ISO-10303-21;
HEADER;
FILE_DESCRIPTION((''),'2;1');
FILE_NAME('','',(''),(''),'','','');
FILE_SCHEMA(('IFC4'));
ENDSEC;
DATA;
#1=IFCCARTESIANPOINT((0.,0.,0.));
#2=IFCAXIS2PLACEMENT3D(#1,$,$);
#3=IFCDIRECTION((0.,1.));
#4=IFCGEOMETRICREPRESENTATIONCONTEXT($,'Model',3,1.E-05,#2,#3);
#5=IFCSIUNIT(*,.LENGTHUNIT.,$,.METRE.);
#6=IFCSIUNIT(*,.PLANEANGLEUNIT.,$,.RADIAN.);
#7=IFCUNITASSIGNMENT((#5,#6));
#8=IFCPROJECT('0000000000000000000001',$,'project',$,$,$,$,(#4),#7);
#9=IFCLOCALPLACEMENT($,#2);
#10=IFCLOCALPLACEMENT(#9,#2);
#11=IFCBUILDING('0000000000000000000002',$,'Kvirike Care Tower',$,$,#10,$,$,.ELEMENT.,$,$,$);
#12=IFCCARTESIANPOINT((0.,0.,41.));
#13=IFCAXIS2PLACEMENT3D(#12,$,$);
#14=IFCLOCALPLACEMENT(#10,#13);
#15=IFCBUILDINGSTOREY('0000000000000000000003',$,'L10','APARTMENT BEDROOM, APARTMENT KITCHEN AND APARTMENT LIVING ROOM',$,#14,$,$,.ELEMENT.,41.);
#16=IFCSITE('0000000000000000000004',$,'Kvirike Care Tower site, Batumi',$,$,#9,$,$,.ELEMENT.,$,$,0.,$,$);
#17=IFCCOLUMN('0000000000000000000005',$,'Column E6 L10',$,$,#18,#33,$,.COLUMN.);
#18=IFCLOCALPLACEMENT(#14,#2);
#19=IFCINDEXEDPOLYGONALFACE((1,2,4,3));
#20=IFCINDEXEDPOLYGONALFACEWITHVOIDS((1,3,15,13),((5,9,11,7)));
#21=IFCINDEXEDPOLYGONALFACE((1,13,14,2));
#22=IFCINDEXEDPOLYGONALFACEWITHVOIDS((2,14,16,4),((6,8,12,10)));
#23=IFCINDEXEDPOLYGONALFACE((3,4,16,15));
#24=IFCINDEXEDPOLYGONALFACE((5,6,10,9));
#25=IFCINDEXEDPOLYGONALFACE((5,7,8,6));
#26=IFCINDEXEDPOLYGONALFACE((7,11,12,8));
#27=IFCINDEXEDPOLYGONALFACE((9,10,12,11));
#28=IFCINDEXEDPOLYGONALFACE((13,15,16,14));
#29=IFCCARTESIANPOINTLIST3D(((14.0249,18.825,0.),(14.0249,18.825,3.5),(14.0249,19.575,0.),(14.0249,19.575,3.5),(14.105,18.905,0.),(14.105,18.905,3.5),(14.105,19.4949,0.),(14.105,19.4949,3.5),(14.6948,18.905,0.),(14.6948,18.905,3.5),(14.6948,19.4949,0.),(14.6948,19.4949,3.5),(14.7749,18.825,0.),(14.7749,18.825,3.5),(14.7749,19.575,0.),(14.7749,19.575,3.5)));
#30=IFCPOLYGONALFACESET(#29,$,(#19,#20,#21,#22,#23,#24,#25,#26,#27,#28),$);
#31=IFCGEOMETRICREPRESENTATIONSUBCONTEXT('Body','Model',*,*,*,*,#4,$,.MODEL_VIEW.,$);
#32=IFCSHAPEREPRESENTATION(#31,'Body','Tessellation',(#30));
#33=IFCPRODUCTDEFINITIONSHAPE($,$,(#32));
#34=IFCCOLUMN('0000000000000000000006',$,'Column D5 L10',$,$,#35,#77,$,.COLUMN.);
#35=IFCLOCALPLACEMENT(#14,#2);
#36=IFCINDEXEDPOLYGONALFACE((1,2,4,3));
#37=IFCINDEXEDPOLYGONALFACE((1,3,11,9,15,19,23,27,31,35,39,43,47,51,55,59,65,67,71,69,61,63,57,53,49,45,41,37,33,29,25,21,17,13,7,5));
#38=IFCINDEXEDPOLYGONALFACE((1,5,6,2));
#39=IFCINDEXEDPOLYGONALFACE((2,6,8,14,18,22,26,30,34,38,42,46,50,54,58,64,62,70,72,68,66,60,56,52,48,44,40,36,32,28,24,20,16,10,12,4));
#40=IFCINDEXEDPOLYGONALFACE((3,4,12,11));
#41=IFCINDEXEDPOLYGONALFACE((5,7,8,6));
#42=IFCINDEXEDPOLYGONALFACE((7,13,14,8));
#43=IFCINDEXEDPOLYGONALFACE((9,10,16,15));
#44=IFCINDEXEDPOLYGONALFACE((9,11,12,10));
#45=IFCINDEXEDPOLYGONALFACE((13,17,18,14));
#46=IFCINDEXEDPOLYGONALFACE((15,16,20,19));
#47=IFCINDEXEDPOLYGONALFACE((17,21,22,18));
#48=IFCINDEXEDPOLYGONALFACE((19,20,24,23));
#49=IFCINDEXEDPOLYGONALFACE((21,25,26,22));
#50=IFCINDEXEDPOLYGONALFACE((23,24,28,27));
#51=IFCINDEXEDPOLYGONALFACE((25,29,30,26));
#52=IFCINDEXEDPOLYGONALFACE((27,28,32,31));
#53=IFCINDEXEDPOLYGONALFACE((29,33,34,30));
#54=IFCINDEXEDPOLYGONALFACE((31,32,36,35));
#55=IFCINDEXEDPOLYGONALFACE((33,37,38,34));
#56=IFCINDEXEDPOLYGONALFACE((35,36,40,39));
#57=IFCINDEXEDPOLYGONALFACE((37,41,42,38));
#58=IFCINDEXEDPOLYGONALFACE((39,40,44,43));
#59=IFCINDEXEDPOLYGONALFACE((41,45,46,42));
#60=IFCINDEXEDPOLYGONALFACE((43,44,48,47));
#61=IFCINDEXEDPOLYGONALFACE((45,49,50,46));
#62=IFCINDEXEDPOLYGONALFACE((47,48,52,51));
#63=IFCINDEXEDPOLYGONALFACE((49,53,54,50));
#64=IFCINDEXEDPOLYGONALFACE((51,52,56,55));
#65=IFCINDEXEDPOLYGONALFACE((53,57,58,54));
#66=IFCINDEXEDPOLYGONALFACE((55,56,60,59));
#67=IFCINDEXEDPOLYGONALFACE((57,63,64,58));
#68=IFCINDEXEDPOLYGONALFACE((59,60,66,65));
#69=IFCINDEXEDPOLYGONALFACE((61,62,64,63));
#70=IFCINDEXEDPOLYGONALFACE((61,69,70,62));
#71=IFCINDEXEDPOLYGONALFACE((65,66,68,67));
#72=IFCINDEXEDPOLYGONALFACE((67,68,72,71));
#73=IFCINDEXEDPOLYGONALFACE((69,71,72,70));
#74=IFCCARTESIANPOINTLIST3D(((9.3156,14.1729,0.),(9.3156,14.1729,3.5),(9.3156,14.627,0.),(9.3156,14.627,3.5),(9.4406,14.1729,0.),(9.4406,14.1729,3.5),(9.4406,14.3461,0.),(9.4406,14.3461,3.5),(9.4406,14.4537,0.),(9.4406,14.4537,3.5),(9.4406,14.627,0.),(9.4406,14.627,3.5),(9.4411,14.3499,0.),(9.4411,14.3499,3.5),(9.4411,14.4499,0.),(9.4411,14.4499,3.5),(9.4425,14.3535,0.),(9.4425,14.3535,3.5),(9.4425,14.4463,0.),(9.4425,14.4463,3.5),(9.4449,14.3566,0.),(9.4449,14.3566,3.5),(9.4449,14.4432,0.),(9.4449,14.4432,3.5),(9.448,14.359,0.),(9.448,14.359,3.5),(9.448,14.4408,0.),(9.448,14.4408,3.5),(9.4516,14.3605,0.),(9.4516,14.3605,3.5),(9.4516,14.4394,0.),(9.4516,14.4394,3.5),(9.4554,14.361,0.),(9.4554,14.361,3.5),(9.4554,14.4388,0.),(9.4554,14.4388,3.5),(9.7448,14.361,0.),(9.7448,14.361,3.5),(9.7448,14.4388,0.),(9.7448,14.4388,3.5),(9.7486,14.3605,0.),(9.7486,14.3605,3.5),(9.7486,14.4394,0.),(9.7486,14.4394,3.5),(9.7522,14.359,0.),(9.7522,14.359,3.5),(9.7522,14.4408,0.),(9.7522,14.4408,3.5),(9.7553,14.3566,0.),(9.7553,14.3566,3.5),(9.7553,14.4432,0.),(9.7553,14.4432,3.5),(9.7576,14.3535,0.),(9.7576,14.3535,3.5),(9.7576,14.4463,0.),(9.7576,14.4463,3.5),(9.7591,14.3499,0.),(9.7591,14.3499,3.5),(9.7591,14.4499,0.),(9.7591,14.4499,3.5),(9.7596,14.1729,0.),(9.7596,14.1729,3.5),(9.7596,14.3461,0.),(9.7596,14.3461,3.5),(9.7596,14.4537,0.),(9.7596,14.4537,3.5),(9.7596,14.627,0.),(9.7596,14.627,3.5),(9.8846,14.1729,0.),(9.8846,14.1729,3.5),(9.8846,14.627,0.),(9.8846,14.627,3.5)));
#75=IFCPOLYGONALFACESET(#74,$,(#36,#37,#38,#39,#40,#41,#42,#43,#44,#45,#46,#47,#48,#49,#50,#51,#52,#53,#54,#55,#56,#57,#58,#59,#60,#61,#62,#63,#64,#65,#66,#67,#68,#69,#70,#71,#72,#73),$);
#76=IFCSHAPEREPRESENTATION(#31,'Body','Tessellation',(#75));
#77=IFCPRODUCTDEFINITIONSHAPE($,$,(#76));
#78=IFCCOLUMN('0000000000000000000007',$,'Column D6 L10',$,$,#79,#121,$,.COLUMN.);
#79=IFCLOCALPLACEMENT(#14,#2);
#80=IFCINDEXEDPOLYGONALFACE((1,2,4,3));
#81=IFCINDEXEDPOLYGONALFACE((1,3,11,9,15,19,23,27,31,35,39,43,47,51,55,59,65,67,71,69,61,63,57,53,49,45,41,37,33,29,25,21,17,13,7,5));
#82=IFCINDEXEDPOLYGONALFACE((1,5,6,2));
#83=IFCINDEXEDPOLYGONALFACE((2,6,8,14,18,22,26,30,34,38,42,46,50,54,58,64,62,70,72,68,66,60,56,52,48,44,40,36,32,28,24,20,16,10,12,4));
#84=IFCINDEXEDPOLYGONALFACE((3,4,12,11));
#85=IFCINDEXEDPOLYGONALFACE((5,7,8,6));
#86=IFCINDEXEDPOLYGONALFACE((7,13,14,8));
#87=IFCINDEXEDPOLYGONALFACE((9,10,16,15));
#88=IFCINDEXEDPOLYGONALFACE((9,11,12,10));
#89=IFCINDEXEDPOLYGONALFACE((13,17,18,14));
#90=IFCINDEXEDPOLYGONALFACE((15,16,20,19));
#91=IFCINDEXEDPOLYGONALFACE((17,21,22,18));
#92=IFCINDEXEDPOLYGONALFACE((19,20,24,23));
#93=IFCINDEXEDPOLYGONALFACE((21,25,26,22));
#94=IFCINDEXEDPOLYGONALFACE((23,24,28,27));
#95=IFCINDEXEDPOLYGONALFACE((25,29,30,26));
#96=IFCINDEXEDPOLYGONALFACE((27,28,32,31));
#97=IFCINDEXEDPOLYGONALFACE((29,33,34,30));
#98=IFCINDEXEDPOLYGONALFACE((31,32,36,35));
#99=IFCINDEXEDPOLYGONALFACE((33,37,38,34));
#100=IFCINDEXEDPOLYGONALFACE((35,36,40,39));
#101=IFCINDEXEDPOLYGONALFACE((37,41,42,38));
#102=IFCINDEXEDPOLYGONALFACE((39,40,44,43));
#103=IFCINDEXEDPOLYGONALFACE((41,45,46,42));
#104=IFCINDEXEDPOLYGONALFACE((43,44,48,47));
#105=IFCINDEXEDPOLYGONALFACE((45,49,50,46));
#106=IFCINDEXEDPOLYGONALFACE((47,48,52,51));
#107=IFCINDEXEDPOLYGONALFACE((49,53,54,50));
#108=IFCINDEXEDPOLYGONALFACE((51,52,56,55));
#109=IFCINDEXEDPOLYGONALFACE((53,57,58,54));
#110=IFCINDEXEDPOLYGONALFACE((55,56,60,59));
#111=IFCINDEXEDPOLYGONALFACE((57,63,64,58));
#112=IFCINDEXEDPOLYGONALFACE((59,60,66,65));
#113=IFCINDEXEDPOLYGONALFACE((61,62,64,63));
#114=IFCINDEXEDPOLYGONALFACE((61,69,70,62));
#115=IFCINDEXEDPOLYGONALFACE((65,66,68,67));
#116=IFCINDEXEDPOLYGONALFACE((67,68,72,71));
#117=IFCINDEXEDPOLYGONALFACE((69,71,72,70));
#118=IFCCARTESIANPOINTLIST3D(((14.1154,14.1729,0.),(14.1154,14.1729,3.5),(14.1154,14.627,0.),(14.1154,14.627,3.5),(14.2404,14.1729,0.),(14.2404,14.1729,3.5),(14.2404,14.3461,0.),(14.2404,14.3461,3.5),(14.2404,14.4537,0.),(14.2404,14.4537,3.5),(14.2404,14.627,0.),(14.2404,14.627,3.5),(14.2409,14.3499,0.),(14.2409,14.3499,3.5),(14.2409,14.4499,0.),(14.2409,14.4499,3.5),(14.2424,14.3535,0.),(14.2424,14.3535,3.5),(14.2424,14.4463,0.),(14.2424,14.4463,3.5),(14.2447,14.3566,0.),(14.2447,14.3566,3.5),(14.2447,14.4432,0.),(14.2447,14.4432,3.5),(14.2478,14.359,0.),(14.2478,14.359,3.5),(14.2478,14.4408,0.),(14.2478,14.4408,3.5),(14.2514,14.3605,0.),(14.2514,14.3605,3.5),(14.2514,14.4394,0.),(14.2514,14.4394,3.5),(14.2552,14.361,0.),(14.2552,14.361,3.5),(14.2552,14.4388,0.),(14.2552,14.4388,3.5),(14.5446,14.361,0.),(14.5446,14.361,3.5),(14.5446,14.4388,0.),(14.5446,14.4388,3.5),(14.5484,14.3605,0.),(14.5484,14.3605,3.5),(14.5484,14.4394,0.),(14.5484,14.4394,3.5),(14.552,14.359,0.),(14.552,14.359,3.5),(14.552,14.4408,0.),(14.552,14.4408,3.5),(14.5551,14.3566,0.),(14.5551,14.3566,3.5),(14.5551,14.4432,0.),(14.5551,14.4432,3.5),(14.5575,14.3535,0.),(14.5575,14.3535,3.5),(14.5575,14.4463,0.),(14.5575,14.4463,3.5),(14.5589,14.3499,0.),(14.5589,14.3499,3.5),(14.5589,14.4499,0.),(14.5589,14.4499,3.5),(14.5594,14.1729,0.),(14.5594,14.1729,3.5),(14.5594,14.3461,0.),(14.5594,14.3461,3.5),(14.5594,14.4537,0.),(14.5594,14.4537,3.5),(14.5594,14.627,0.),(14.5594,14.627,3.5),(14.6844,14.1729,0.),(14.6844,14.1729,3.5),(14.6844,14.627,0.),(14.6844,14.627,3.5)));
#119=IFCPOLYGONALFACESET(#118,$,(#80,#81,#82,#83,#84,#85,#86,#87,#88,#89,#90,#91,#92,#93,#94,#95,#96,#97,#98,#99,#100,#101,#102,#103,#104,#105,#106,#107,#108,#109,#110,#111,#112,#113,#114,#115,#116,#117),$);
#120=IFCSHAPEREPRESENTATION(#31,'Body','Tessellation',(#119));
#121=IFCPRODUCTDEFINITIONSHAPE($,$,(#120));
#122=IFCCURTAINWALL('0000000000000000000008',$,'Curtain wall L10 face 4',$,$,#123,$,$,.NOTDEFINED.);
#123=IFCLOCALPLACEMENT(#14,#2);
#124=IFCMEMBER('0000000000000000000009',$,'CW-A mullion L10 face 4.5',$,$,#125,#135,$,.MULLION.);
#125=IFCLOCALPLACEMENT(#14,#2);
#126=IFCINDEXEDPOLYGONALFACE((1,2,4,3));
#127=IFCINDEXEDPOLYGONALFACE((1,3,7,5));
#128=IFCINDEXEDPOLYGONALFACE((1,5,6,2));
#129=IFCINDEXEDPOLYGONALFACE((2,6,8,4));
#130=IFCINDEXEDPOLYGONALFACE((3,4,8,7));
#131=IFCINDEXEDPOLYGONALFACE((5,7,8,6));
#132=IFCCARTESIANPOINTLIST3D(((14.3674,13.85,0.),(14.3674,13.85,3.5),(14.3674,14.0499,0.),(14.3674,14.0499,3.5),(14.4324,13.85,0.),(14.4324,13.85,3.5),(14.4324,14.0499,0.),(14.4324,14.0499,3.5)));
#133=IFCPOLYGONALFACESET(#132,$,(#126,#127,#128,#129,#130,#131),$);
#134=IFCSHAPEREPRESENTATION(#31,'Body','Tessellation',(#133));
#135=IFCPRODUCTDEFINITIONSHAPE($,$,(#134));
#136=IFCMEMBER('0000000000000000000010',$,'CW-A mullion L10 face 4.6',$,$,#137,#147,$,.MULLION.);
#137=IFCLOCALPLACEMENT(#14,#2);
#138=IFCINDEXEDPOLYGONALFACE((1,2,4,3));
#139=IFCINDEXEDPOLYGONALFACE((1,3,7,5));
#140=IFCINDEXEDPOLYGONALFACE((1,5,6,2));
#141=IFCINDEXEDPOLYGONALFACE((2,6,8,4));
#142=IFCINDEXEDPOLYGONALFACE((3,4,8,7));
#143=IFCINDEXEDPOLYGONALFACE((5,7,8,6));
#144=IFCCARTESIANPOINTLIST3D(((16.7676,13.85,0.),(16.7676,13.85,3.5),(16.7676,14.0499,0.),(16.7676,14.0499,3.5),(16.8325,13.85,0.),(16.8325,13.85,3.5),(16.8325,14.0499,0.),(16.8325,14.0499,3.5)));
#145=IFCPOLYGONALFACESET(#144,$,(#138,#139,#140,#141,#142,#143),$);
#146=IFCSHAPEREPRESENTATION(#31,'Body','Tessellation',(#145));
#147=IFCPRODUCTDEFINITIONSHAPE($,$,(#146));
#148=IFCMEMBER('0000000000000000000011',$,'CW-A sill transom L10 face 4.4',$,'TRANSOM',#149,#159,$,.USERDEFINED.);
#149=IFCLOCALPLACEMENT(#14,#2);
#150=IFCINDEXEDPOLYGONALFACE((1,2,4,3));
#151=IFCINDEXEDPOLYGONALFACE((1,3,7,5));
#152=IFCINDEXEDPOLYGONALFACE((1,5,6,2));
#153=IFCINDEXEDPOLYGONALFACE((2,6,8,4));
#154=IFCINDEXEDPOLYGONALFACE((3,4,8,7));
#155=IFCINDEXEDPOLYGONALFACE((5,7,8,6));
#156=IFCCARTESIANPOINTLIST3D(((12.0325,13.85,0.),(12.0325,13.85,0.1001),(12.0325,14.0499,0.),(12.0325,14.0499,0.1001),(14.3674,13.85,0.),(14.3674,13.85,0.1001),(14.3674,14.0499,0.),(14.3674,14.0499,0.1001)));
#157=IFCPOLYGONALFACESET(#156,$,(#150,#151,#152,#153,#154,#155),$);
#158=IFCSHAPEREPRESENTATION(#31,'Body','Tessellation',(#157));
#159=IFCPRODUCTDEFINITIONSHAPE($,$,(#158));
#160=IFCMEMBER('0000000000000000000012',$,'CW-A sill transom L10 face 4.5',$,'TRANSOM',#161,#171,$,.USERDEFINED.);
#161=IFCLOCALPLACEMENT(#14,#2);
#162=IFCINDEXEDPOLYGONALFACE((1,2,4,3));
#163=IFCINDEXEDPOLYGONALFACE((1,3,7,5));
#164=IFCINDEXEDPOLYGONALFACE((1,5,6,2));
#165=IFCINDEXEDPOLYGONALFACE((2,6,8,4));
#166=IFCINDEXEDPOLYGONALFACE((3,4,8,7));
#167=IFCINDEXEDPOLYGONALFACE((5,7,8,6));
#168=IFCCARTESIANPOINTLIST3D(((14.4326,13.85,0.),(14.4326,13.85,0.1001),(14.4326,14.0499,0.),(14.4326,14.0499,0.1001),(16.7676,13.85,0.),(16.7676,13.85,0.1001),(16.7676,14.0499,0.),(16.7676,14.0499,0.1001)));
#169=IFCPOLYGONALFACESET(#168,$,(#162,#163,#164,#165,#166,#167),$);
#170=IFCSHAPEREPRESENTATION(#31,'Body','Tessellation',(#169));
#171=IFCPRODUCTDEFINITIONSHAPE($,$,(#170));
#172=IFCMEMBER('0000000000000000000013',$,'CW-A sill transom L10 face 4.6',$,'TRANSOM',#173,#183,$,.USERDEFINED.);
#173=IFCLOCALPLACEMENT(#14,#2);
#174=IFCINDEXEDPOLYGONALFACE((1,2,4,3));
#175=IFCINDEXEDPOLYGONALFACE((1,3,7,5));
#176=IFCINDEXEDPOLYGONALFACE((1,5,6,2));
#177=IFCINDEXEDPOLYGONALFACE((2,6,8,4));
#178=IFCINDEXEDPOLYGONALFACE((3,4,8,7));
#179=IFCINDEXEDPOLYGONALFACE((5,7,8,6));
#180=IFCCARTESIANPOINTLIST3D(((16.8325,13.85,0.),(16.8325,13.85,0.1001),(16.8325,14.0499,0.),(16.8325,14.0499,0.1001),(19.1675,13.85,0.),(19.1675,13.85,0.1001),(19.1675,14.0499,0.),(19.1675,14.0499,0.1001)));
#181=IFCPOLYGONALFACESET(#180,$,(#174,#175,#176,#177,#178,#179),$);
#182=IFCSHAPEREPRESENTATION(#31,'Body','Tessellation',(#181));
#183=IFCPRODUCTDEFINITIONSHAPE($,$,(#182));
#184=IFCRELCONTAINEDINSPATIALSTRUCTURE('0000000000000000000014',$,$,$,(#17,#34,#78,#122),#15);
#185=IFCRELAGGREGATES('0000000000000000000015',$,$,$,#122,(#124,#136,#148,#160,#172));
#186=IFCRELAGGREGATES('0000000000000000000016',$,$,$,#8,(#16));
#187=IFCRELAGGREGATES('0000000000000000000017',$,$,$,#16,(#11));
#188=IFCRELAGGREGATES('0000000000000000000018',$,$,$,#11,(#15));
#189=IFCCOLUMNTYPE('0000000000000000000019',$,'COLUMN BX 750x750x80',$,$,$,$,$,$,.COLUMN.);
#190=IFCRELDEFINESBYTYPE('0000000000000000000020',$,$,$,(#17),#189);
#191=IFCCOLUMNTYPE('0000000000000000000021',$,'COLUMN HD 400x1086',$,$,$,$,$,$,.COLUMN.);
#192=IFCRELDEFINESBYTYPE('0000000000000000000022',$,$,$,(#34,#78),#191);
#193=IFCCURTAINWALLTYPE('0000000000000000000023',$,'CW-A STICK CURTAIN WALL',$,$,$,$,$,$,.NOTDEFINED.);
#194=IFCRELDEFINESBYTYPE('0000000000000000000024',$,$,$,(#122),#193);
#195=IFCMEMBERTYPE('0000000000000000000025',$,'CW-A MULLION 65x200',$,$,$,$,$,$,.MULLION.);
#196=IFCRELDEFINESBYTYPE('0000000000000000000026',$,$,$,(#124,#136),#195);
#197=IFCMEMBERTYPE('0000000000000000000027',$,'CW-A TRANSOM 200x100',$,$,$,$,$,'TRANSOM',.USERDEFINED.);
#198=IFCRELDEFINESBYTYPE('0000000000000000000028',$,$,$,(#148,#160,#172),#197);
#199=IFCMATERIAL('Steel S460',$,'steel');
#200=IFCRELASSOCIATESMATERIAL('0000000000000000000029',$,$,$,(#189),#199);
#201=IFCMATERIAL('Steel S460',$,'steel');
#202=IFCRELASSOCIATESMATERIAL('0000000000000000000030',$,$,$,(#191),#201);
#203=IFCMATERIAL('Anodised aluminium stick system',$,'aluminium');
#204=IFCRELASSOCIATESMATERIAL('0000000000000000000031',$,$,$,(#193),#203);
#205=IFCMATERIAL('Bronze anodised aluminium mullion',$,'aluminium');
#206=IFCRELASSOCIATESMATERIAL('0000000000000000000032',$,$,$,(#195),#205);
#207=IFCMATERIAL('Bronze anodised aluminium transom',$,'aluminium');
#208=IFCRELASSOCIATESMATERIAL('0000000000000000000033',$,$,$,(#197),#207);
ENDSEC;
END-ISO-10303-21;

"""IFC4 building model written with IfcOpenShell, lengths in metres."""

from ifc_helpers import new_model, si_unit, direction, frame, origin, origin_2d, place, context, subcontext, project, spatial, rectangle, hollow_rectangle, i_section, extrude, material, material_profile, profile_set, type_object, element, aggregate, save


model = new_model("IFC4")

# Units and contexts
model_context = context("Model", 3, precision=1e-05, world=origin(), true_north=direction((0.0, 1.0)))
body_context = subcontext(model_context, "Body", "Model", "MODEL_VIEW")
ifc_project = project(units=[si_unit("LENGTHUNIT", "METRE"), si_unit("PLANEANGLEUNIT", "RADIAN")], contexts=[model_context])

# Site, building, storey
site_placement = place(None, origin())
site = spatial("IfcSite", under=ifc_project, at=site_placement, Name="Kvirike Care Tower site, Batumi", CompositionType="ELEMENT", RefElevation=0.0)
building_placement = place(site_placement, origin())
building = spatial("IfcBuilding", under=site, at=building_placement, Name="Kvirike Care Tower", CompositionType="ELEMENT")
storey_placement = place(building_placement, frame((0.0, 0.0, 41.0)))
storey = spatial("IfcBuildingStorey", under=building, at=storey_placement, Name="L10", Description="APARTMENT BEDROOM, APARTMENT KITCHEN AND APARTMENT LIVING ROOM", CompositionType="ELEMENT", Elevation=41.0)

# Columns
ifc_material_1 = material(Name="Steel S460", Category="steel")
ifc_material_profile_1 = material_profile(ifc_material_1, hollow_rectangle(XDim=0.75, YDim=0.75, WallThickness=0.0801, at=origin_2d()), Name="BX 750x750x80")
ifc_profile_set_1 = profile_set([ifc_material_profile_1], Name="Steel S460")
column_type_1 = type_object("IfcColumnType", Name="COLUMN BX 750x750x80", PredefinedType="COLUMN", material=ifc_profile_set_1)
column_placement = place(storey_placement, frame((14.3999, 19.2, 0.0), z_axis=(0.0, 0.0, 1.0), x_axis=(1.0, 0.0, 0.0)))
element("IfcColumn", 1, at=column_placement, inside=storey, type_object=column_type_1, Name="Column E6 L10", PredefinedType="COLUMN", context=body_context, shape_type="SweptSolid", body=[
    extrude(hollow_rectangle(XDim=0.75, YDim=0.75, WallThickness=0.0801, at=origin_2d()), origin(), (0.0, 0.0, 1.0), 3.5),
])
ifc_material_2 = material(Name="Steel S460", Category="steel")
ifc_material_profile_2 = material_profile(ifc_material_2, i_section(OverallWidth=0.4541, OverallDepth=0.5691, WebThickness=0.0779, FlangeThickness=0.125, FilletRadius=0.0149, at=origin_2d()), Name="HD 400x1086")
ifc_profile_set_2 = profile_set([ifc_material_profile_2], Name="Steel S460")
column_type_2 = type_object("IfcColumnType", Name="COLUMN HD 400x1086", PredefinedType="COLUMN", material=ifc_profile_set_2)
for number, where, z_axis, x_axis, name in (
    (2, (9.6001, 14.3999, 0.0), (0.0, 0.0, 1.0), (0.0, 1.0, 0.0), "Column D5 L10"),
    (3, (14.3999, 14.3999, 0.0), (0.0, 0.0, 1.0), (0.0, 1.0, 0.0), "Column D6 L10"),
):
    element("IfcColumn", number, at=place(storey_placement, frame(where, z_axis=z_axis, x_axis=x_axis)), inside=storey, type_object=column_type_2, Name=name, PredefinedType="COLUMN", context=body_context, shape_type="SweptSolid", body=[
        extrude(i_section(OverallWidth=0.4541, OverallDepth=0.5691, WebThickness=0.0779, FlangeThickness=0.125, FilletRadius=0.0149, at=origin_2d()), origin(), (0.0, 0.0, 1.0), 3.5),
    ])

# Curtain wall, members
ifc_material_3 = material(Name="Anodised aluminium stick system", Category="aluminium")
curtain_wall_type = type_object("IfcCurtainWallType", Name="CW-A STICK CURTAIN WALL", PredefinedType="NOTDEFINED", material=ifc_material_3)
curtain_wall_placement = place(storey_placement, origin())
curtain_wall = element("IfcCurtainWall", 4, at=curtain_wall_placement, inside=storey, type_object=curtain_wall_type, Name="Curtain wall L10 face 4", PredefinedType="NOTDEFINED")
ifc_material_4 = material(Name="Bronze anodised aluminium mullion", Category="aluminium")
ifc_material_profile_3 = material_profile(ifc_material_4, rectangle(XDim=0.0649, YDim=0.2, at=origin_2d()), Name="CW-A MULLION 65x200")
ifc_profile_set_3 = profile_set([ifc_material_profile_3], Name="Bronze anodised aluminium mullion")
member_type_1 = type_object("IfcMemberType", Name="CW-A MULLION 65x200", PredefinedType="MULLION", material=ifc_profile_set_3)
member_1_placement = place(storey_placement, frame((14.3999, 13.95, 0.0), z_axis=(0.0, 0.0, 1.0), x_axis=(1.0, 0.0, 0.0)))
member_1 = element("IfcMember", 5, at=member_1_placement, type_object=member_type_1, Name="CW-A mullion L10 face 4.5", PredefinedType="MULLION", context=body_context, shape_type="SweptSolid", body=[
    extrude(rectangle(XDim=0.0649, YDim=0.2, at=origin_2d()), origin(), (0.0, 0.0, 1.0), 3.5),
])
member_2_placement = place(storey_placement, frame((16.8, 13.95, 0.0), z_axis=(0.0, 0.0, 1.0), x_axis=(1.0, 0.0, 0.0)))
member_2 = element("IfcMember", 6, at=member_2_placement, type_object=member_type_1, Name="CW-A mullion L10 face 4.6", PredefinedType="MULLION", context=body_context, shape_type="SweptSolid", body=[
    extrude(rectangle(XDim=0.0649, YDim=0.2, at=origin_2d()), origin(), (0.0, 0.0, 1.0), 3.5),
])
ifc_material_5 = material(Name="Bronze anodised aluminium transom", Category="aluminium")
ifc_material_profile_4 = material_profile(ifc_material_5, rectangle(XDim=0.2, YDim=0.1001, at=origin_2d()), Name="CW-A TRANSOM 200x100")
ifc_profile_set_4 = profile_set([ifc_material_profile_4], Name="Bronze anodised aluminium transom")
member_type_2 = type_object("IfcMemberType", Name="CW-A TRANSOM 200x100", ElementType="TRANSOM", PredefinedType="USERDEFINED", material=ifc_profile_set_4)
member_3_placement = place(storey_placement, frame((12.0325, 13.95, 0.05), z_axis=(1.0, 0.0, 0.0), x_axis=(0.0, 1.0, 0.0)))
member_3 = element("IfcMember", 7, at=member_3_placement, type_object=member_type_2, Name="CW-A sill transom L10 face 4.4", ObjectType="TRANSOM", PredefinedType="USERDEFINED", context=body_context, shape_type="SweptSolid", body=[
    extrude(rectangle(XDim=0.2, YDim=0.1001, at=origin_2d()), origin(), (0.0, 0.0, 1.0), 2.335),
])
member_4_placement = place(storey_placement, frame((14.4326, 13.95, 0.05), z_axis=(1.0, 0.0, 0.0), x_axis=(0.0, 1.0, 0.0)))
member_4 = element("IfcMember", 8, at=member_4_placement, type_object=member_type_2, Name="CW-A sill transom L10 face 4.5", ObjectType="TRANSOM", PredefinedType="USERDEFINED", context=body_context, shape_type="SweptSolid", body=[
    extrude(rectangle(XDim=0.2, YDim=0.1001, at=origin_2d()), origin(), (0.0, 0.0, 1.0), 2.335),
])
member_5_placement = place(storey_placement, frame((16.8325, 13.95, 0.05), z_axis=(1.0, 0.0, 0.0), x_axis=(0.0, 1.0, 0.0)))
member_5 = element("IfcMember", 9, at=member_5_placement, type_object=member_type_2, Name="CW-A sill transom L10 face 4.6", ObjectType="TRANSOM", PredefinedType="USERDEFINED", context=body_context, shape_type="SweptSolid", body=[
    extrude(rectangle(XDim=0.2, YDim=0.1001, at=origin_2d()), origin(), (0.0, 0.0, 1.0), 2.335),
])

aggregate(curtain_wall, [member_1, member_2, member_3, member_4, member_5])

save(model, "model.ifc")
